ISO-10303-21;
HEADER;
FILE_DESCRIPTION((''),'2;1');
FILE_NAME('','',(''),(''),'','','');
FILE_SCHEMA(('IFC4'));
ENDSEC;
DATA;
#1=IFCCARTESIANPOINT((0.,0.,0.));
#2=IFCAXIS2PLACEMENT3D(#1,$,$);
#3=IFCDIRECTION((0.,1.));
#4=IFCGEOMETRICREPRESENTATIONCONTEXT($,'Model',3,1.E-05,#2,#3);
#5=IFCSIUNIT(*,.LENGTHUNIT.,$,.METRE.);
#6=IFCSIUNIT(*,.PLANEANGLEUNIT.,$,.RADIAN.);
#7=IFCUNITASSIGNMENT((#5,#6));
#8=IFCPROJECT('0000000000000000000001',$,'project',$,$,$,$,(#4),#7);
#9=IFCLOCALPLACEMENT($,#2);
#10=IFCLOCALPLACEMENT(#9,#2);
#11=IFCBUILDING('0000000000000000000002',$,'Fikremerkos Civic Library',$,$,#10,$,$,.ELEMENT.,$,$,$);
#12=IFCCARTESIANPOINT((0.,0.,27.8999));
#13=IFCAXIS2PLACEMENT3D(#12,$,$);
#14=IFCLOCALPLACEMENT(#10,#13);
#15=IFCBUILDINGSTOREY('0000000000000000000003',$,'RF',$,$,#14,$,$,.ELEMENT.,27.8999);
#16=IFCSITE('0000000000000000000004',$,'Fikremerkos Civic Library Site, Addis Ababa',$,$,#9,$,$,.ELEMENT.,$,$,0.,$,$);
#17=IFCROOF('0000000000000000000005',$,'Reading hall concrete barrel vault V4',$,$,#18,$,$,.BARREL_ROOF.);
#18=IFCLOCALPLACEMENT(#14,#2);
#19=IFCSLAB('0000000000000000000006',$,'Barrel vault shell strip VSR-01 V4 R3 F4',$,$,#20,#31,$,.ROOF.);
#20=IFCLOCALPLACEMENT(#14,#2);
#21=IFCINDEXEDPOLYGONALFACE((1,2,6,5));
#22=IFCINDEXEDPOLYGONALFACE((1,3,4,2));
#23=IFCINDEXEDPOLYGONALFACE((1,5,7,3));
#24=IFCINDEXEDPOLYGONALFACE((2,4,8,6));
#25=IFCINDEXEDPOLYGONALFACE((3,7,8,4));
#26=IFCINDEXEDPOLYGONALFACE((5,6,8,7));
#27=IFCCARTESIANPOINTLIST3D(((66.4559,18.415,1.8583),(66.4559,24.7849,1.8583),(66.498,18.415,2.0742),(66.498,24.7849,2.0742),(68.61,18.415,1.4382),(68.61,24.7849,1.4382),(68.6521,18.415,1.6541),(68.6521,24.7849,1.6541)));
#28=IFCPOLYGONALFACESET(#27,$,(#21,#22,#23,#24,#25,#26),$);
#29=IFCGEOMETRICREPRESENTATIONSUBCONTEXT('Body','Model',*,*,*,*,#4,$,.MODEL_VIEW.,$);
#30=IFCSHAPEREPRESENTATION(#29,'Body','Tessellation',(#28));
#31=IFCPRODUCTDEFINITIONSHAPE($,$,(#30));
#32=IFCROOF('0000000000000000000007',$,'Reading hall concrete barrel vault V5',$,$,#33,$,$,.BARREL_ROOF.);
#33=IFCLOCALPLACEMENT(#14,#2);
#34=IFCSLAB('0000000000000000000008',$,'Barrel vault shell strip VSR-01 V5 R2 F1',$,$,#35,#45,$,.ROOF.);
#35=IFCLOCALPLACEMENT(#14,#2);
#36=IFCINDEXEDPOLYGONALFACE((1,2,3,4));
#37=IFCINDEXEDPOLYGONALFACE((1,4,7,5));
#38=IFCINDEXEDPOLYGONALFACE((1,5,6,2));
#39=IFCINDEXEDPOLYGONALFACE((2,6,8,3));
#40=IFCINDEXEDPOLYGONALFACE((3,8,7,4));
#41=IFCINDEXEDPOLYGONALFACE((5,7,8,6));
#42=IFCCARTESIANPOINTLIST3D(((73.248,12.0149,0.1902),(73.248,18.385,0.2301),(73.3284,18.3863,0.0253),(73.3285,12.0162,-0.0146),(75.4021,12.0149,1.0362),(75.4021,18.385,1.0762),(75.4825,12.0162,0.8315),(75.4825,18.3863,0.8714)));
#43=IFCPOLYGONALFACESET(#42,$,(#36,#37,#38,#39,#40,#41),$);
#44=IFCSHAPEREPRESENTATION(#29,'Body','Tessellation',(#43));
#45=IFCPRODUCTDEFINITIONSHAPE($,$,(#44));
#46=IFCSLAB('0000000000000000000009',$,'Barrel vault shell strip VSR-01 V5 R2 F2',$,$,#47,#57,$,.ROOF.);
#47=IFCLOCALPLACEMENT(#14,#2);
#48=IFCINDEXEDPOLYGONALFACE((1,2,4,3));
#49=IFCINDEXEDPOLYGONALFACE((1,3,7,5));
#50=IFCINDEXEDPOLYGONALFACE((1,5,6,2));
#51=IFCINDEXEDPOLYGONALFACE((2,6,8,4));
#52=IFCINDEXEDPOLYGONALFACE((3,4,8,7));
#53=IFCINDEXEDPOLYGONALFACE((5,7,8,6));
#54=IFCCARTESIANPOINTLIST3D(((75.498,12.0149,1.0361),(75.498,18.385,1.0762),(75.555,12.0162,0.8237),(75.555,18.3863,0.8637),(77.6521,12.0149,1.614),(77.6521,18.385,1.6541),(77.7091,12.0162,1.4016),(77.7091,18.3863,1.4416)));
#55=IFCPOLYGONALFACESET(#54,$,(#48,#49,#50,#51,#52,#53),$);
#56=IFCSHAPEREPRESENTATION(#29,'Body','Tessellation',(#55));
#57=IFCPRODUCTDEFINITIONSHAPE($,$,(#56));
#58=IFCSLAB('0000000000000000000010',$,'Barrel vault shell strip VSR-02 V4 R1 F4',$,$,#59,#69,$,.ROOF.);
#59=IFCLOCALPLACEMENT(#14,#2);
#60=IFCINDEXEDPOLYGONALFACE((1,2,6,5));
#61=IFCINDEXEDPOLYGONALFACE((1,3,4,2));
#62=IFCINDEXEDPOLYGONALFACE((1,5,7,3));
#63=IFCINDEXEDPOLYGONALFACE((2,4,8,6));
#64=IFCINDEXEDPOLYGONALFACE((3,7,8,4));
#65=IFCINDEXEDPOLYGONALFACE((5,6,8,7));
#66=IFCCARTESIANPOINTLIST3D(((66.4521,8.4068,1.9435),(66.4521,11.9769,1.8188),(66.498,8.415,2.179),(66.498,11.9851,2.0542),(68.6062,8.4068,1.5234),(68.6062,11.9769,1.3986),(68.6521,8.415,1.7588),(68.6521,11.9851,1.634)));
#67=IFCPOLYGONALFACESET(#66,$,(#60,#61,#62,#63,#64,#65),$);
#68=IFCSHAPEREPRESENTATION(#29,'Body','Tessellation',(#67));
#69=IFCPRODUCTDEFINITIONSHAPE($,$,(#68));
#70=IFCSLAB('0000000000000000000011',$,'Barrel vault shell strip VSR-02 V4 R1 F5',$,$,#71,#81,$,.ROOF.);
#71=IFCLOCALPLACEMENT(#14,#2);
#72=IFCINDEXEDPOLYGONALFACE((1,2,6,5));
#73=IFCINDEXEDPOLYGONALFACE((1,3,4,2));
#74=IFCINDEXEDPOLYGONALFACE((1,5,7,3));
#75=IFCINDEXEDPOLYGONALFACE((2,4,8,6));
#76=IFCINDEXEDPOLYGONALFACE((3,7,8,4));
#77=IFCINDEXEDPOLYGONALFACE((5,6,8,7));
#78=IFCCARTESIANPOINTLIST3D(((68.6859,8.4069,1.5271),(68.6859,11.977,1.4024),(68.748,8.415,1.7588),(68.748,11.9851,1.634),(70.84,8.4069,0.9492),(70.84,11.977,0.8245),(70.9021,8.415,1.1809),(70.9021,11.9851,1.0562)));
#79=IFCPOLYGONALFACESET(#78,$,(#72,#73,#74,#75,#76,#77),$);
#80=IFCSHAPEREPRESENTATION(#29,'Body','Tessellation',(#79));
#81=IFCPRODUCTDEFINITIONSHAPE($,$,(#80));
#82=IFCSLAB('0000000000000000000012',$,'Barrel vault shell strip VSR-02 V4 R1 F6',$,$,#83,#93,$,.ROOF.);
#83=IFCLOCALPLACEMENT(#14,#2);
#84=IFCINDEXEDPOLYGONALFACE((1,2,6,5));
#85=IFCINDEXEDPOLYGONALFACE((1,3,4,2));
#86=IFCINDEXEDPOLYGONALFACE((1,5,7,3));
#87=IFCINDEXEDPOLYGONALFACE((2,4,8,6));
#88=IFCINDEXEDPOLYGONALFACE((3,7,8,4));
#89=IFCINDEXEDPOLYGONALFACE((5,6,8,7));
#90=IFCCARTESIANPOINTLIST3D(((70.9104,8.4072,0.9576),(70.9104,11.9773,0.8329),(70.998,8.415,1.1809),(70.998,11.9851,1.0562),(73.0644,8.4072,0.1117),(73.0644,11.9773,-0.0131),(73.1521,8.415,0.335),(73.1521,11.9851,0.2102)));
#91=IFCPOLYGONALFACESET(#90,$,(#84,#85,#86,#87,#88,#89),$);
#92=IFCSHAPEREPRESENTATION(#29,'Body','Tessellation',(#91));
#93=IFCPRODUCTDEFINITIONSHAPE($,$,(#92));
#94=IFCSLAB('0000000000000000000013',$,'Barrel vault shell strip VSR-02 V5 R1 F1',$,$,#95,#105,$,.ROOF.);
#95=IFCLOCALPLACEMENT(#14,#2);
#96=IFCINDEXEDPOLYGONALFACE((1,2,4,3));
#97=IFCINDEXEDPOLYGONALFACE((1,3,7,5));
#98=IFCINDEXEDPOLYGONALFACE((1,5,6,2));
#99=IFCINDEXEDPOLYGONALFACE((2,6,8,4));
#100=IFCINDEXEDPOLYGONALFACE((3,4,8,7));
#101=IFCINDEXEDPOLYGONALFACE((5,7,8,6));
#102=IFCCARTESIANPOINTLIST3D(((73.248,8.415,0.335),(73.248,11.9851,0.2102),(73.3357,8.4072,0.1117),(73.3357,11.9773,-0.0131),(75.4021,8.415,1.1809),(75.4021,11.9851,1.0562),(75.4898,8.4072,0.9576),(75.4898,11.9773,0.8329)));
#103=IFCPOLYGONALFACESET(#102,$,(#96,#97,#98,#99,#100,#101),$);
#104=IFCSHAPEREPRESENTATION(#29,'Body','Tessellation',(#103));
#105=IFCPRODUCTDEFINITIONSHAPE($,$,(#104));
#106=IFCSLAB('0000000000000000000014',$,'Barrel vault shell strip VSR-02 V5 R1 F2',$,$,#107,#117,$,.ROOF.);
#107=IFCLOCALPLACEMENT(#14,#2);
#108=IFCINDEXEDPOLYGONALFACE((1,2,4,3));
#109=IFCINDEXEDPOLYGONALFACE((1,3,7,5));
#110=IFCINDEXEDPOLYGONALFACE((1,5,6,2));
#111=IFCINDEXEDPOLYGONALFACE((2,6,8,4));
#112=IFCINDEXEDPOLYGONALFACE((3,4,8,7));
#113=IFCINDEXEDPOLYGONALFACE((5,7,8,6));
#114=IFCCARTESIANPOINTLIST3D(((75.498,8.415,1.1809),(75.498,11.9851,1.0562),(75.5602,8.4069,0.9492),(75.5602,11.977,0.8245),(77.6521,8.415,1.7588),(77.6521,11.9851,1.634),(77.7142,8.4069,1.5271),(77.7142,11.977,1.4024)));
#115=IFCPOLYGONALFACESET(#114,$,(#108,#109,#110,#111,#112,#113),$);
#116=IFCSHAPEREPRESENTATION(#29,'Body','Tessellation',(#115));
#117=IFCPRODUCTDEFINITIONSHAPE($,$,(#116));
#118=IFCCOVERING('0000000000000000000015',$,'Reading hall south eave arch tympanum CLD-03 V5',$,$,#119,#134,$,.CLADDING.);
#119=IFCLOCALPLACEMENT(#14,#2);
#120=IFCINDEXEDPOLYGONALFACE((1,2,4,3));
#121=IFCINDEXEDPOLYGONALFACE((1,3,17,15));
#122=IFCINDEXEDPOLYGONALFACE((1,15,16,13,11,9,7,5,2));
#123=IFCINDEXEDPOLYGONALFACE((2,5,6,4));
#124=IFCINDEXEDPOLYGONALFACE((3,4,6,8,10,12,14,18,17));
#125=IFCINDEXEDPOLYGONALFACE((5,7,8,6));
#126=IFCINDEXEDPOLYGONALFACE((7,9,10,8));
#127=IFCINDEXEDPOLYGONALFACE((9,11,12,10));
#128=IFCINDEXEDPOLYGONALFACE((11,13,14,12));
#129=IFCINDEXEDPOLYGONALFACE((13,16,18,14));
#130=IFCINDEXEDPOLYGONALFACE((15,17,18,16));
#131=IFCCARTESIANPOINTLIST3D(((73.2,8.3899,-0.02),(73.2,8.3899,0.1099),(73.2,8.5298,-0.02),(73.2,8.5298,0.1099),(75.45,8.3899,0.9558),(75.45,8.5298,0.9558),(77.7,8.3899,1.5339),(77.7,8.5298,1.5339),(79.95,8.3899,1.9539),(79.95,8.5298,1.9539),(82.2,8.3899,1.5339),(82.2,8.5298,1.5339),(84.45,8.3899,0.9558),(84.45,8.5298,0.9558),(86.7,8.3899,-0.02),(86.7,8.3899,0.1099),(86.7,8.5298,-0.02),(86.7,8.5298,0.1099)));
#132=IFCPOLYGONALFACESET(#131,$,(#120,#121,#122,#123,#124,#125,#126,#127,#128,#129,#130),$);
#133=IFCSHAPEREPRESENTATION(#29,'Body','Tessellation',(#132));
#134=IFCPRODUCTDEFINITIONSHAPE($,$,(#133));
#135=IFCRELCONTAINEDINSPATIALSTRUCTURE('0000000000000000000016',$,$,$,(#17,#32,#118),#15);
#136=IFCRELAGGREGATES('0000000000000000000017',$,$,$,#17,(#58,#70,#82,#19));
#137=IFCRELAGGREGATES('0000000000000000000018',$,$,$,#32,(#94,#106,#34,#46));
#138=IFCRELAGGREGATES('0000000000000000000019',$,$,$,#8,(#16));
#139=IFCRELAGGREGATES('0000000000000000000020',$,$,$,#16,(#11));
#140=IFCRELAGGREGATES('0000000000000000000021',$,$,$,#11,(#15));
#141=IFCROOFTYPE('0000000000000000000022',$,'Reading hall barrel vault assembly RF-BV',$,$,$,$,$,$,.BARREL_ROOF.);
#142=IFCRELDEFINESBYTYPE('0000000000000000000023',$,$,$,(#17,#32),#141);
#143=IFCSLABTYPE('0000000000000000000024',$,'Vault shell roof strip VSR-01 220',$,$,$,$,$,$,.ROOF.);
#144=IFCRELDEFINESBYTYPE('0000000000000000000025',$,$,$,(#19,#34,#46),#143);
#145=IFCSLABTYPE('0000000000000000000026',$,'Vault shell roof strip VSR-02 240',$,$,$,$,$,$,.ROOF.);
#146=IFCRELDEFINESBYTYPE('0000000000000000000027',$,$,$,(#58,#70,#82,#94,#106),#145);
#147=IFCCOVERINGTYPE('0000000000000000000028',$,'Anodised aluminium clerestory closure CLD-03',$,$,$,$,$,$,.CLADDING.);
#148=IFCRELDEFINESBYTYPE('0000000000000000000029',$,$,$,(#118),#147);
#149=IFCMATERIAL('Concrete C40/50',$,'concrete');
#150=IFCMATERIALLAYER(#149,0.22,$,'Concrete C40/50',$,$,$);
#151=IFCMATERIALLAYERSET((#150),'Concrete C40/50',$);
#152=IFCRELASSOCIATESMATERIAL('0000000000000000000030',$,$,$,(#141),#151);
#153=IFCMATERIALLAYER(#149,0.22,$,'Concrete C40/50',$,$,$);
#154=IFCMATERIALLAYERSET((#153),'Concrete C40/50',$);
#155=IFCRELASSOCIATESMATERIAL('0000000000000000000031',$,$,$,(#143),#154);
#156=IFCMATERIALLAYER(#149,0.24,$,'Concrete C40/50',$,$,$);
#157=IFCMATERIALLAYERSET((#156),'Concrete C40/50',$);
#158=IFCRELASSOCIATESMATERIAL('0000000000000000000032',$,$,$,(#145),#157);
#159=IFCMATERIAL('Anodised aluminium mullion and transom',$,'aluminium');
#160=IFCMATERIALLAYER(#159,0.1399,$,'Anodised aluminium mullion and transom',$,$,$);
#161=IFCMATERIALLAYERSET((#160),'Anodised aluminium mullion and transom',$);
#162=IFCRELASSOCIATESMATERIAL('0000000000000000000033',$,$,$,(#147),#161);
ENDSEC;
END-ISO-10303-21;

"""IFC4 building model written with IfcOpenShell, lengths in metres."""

from ifc_helpers import new_model, si_unit, direction, frame, origin, place, context, subcontext, project, spatial, polyline, outline, extrude, material, layer, layer_set, type_object, element, aggregate, save


model = new_model("IFC4")

# Units and contexts
model_context = context("Model", 3, precision=1e-05, world=origin(), true_north=direction((0.0, 1.0)))
body_context = subcontext(model_context, "Body", "Model", "MODEL_VIEW")
ifc_project = project(units=[si_unit("LENGTHUNIT", "METRE"), si_unit("PLANEANGLEUNIT", "RADIAN")], contexts=[model_context])

# Site, building, storey
site_placement = place(None, origin())
site = spatial("IfcSite", under=ifc_project, at=site_placement, Name="Fikremerkos Civic Library Site, Addis Ababa", CompositionType="ELEMENT", RefElevation=0.0)
building_placement = place(site_placement, origin())
building = spatial("IfcBuilding", under=site, at=building_placement, Name="Fikremerkos Civic Library", CompositionType="ELEMENT")
storey_placement = place(building_placement, frame((0.0, 0.0, 27.8999)))
storey = spatial("IfcBuildingStorey", under=building, at=storey_placement, Name="RF", CompositionType="ELEMENT", Elevation=27.8999)

# Roofs, slabs
ifc_material_1 = material(Name="Concrete C40/50", Category="concrete")
ifc_layer_1 = layer(ifc_material_1, 0.22, Name="Concrete C40/50")
ifc_layer_set_1 = layer_set([ifc_layer_1], Name="Concrete C40/50")
roof_type = type_object("IfcRoofType", Name="Reading hall barrel vault assembly RF-BV", PredefinedType="BARREL_ROOF", material=ifc_layer_set_1)
roof_1_placement = place(storey_placement, origin())
roof_1 = element("IfcRoof", 1, at=roof_1_placement, inside=storey, type_object=roof_type, Name="Reading hall concrete barrel vault V4", PredefinedType="BARREL_ROOF")
ifc_layer_2 = layer(ifc_material_1, 0.22, Name="Concrete C40/50")
ifc_layer_set_2 = layer_set([ifc_layer_2], Name="Concrete C40/50")
slab_type_1 = type_object("IfcSlabType", Name="Vault shell roof strip VSR-01 220", PredefinedType="ROOF", material=ifc_layer_set_2)
slab_1_placement = place(storey_placement, frame((66.498, 18.415, 2.0742), z_axis=(0.19145, 0.0, 0.981502), x_axis=(0.981502, 0.0, -0.19145)))
slab_1 = element("IfcSlab", 2, at=slab_1_placement, type_object=slab_type_1, Name="Barrel vault shell strip VSR-01 V4 R3 F4", PredefinedType="ROOF", context=body_context, shape_type="SweptSolid", body=[
    extrude(outline(polyline([(0.0, 0.0), (2.1946, 0.0), (2.1946, 6.3699), (0.0, 6.3699), (0.0, 0.0)])), origin(), (0.0, 0.0, -1.0), 0.22),
])
roof_2_placement = place(storey_placement, origin())
roof_2 = element("IfcRoof", 3, at=roof_2_placement, inside=storey, type_object=roof_type, Name="Reading hall concrete barrel vault V5", PredefinedType="BARREL_ROOF")
slab_2_placement = place(storey_placement, frame((73.248, 12.0149, 0.1902), z_axis=(-0.365584, -0.005832, 0.93076), x_axis=(0.930776, 0.0, 0.36559)))
slab_2 = element("IfcSlab", 4, at=slab_2_placement, type_object=slab_type_1, Name="Barrel vault shell strip VSR-01 V5 R2 F1", PredefinedType="ROOF", context=body_context, shape_type="SweptSolid", body=[
    extrude(outline(polyline([(0.0, 0.0), (2.3142, 0.0), (2.3288, 6.3702), (0.0145, 6.3702), (0.0, 0.0)])), origin(), (0.0, 0.0, -1.0), 0.22),
])
slab_3_placement = place(storey_placement, frame((75.498, 12.0149, 1.0361), z_axis=(-0.259109, -0.006071, 0.965829), x_axis=(0.965847, 0.0, 0.259114)))
slab_3 = element("IfcSlab", 5, at=slab_3_placement, type_object=slab_type_1, Name="Barrel vault shell strip VSR-01 V5 R2 F2", PredefinedType="ROOF", context=body_context, shape_type="SweptSolid", body=[
    extrude(outline(polyline([(0.0, 0.0), (2.2302, 0.0), (2.2406, 6.3702), (0.0104, 6.3702), (0.0, 0.0)])), origin(), (0.0, 0.0, -1.0), 0.22),
])

# Slabs
ifc_layer_3 = layer(ifc_material_1, 0.24, Name="Concrete C40/50")
ifc_layer_set_3 = layer_set([ifc_layer_3], Name="Concrete C40/50")
slab_type_2 = type_object("IfcSlabType", Name="Vault shell roof strip VSR-02 240", PredefinedType="ROOF", material=ifc_layer_set_3)
slab_4_placement = place(storey_placement, frame((66.498, 8.415, 2.179), z_axis=(0.191338, 0.034278, 0.980926), x_axis=(0.981502, 0.0, -0.19145)))
slab_4 = element("IfcSlab", 6, at=slab_4_placement, type_object=slab_type_2, Name="Barrel vault shell strip VSR-02 V4 R1 F4", PredefinedType="ROOF", context=body_context, shape_type="SweptSolid", body=[
    extrude(outline(polyline([(0.0, 0.0), (2.1946, 0.0), (2.2185, 3.5722), (0.0239, 3.5722), (0.0, 0.0)])), origin(), (0.0, 0.0, -1.0), 0.24),
])
slab_5_placement = place(storey_placement, frame((68.748, 8.415, 1.7588), z_axis=(0.258966, 0.033732, 0.965297), x_axis=(0.965847, 0.0, -0.259114)))
slab_5 = element("IfcSlab", 7, at=slab_5_placement, type_object=slab_type_2, Name="Barrel vault shell strip VSR-02 V4 R1 F5", PredefinedType="ROOF", context=body_context, shape_type="SweptSolid", body=[
    extrude(outline(polyline([(0.0, 0.0), (2.2302, 0.0), (2.2625, 3.5721), (0.0323, 3.5721), (0.0, 0.0)])), origin(), (0.0, 0.0, -1.0), 0.24),
])
slab_6_placement = place(storey_placement, frame((70.998, 8.415, 1.1809), z_axis=(0.365351, 0.032509, 0.930302), x_axis=(0.930794, 0.0, -0.365545)))
slab_6 = element("IfcSlab", 8, at=slab_6_placement, type_object=slab_type_2, Name="Barrel vault shell strip VSR-02 V4 R1 F6", PredefinedType="ROOF", context=body_context, shape_type="SweptSolid", body=[
    extrude(outline(polyline([(0.0, 0.0), (2.3142, 0.0), (2.3598, 3.572), (0.0456, 3.572), (0.0, 0.0)])), origin(), (0.0, 0.0, -1.0), 0.24),
])
aggregate(roof_1, [slab_4, slab_5, slab_6, slab_1])
slab_7_placement = place(storey_placement, frame((73.248, 8.415, 0.335), z_axis=(-0.365351, 0.032509, 0.930302), x_axis=(0.930794, 0.0, 0.365545)))
slab_7 = element("IfcSlab", 9, at=slab_7_placement, type_object=slab_type_2, Name="Barrel vault shell strip VSR-02 V5 R1 F1", PredefinedType="ROOF", context=body_context, shape_type="SweptSolid", body=[
    extrude(outline(polyline([(0.0, 0.0), (2.3142, 0.0), (2.2686, 3.572), (-0.0456, 3.572), (0.0, 0.0)])), origin(), (0.0, 0.0, -1.0), 0.24),
])
slab_8_placement = place(storey_placement, frame((75.498, 8.415, 1.1809), z_axis=(-0.258966, 0.033732, 0.965297), x_axis=(0.965847, 0.0, 0.259114)))
slab_8 = element("IfcSlab", 10, at=slab_8_placement, type_object=slab_type_2, Name="Barrel vault shell strip VSR-02 V5 R1 F2", PredefinedType="ROOF", context=body_context, shape_type="SweptSolid", body=[
    extrude(outline(polyline([(0.0, 0.0), (2.2302, 0.0), (2.1979, 3.5721), (-0.0323, 3.5721), (0.0, 0.0)])), origin(), (0.0, 0.0, -1.0), 0.24),
])
aggregate(roof_2, [slab_7, slab_8, slab_2, slab_3])

# Covering
ifc_material_2 = material(Name="Anodised aluminium mullion and transom", Category="aluminium")
ifc_layer_4 = layer(ifc_material_2, 0.1399, Name="Anodised aluminium mullion and transom")
ifc_layer_set_4 = layer_set([ifc_layer_4], Name="Anodised aluminium mullion and transom")
covering_type = type_object("IfcCoveringType", Name="Anodised aluminium clerestory closure CLD-03", PredefinedType="CLADDING", material=ifc_layer_set_4)
covering_placement = place(storey_placement, frame((73.2, 8.46, -0.02), z_axis=(0.0, 0.0, 1.0), x_axis=(1.0, 0.0, 0.0)))
element("IfcCovering", 11, at=covering_placement, inside=storey, type_object=covering_type, Name="Reading hall south eave arch tympanum CLD-03 V5", PredefinedType="CLADDING", context=body_context, shape_type="SweptSolid", body=[
    extrude(outline(polyline([(0.0, 0.0), (13.5, 0.0), (13.5, 0.1299), (11.25, 0.9758), (9.0, 1.554), (6.75, 1.9739), (4.5, 1.554), (2.25, 0.9758), (0.0, 0.1299), (0.0, 0.0)])), frame((0.0, 0.0698, 0.0), z_axis=(0.0, -1.0, 0.0), x_axis=(1.0, 0.0, 0.0)), (0.0, 0.0, 1.0), 0.1399),
])

save(model, "model.ifc")
